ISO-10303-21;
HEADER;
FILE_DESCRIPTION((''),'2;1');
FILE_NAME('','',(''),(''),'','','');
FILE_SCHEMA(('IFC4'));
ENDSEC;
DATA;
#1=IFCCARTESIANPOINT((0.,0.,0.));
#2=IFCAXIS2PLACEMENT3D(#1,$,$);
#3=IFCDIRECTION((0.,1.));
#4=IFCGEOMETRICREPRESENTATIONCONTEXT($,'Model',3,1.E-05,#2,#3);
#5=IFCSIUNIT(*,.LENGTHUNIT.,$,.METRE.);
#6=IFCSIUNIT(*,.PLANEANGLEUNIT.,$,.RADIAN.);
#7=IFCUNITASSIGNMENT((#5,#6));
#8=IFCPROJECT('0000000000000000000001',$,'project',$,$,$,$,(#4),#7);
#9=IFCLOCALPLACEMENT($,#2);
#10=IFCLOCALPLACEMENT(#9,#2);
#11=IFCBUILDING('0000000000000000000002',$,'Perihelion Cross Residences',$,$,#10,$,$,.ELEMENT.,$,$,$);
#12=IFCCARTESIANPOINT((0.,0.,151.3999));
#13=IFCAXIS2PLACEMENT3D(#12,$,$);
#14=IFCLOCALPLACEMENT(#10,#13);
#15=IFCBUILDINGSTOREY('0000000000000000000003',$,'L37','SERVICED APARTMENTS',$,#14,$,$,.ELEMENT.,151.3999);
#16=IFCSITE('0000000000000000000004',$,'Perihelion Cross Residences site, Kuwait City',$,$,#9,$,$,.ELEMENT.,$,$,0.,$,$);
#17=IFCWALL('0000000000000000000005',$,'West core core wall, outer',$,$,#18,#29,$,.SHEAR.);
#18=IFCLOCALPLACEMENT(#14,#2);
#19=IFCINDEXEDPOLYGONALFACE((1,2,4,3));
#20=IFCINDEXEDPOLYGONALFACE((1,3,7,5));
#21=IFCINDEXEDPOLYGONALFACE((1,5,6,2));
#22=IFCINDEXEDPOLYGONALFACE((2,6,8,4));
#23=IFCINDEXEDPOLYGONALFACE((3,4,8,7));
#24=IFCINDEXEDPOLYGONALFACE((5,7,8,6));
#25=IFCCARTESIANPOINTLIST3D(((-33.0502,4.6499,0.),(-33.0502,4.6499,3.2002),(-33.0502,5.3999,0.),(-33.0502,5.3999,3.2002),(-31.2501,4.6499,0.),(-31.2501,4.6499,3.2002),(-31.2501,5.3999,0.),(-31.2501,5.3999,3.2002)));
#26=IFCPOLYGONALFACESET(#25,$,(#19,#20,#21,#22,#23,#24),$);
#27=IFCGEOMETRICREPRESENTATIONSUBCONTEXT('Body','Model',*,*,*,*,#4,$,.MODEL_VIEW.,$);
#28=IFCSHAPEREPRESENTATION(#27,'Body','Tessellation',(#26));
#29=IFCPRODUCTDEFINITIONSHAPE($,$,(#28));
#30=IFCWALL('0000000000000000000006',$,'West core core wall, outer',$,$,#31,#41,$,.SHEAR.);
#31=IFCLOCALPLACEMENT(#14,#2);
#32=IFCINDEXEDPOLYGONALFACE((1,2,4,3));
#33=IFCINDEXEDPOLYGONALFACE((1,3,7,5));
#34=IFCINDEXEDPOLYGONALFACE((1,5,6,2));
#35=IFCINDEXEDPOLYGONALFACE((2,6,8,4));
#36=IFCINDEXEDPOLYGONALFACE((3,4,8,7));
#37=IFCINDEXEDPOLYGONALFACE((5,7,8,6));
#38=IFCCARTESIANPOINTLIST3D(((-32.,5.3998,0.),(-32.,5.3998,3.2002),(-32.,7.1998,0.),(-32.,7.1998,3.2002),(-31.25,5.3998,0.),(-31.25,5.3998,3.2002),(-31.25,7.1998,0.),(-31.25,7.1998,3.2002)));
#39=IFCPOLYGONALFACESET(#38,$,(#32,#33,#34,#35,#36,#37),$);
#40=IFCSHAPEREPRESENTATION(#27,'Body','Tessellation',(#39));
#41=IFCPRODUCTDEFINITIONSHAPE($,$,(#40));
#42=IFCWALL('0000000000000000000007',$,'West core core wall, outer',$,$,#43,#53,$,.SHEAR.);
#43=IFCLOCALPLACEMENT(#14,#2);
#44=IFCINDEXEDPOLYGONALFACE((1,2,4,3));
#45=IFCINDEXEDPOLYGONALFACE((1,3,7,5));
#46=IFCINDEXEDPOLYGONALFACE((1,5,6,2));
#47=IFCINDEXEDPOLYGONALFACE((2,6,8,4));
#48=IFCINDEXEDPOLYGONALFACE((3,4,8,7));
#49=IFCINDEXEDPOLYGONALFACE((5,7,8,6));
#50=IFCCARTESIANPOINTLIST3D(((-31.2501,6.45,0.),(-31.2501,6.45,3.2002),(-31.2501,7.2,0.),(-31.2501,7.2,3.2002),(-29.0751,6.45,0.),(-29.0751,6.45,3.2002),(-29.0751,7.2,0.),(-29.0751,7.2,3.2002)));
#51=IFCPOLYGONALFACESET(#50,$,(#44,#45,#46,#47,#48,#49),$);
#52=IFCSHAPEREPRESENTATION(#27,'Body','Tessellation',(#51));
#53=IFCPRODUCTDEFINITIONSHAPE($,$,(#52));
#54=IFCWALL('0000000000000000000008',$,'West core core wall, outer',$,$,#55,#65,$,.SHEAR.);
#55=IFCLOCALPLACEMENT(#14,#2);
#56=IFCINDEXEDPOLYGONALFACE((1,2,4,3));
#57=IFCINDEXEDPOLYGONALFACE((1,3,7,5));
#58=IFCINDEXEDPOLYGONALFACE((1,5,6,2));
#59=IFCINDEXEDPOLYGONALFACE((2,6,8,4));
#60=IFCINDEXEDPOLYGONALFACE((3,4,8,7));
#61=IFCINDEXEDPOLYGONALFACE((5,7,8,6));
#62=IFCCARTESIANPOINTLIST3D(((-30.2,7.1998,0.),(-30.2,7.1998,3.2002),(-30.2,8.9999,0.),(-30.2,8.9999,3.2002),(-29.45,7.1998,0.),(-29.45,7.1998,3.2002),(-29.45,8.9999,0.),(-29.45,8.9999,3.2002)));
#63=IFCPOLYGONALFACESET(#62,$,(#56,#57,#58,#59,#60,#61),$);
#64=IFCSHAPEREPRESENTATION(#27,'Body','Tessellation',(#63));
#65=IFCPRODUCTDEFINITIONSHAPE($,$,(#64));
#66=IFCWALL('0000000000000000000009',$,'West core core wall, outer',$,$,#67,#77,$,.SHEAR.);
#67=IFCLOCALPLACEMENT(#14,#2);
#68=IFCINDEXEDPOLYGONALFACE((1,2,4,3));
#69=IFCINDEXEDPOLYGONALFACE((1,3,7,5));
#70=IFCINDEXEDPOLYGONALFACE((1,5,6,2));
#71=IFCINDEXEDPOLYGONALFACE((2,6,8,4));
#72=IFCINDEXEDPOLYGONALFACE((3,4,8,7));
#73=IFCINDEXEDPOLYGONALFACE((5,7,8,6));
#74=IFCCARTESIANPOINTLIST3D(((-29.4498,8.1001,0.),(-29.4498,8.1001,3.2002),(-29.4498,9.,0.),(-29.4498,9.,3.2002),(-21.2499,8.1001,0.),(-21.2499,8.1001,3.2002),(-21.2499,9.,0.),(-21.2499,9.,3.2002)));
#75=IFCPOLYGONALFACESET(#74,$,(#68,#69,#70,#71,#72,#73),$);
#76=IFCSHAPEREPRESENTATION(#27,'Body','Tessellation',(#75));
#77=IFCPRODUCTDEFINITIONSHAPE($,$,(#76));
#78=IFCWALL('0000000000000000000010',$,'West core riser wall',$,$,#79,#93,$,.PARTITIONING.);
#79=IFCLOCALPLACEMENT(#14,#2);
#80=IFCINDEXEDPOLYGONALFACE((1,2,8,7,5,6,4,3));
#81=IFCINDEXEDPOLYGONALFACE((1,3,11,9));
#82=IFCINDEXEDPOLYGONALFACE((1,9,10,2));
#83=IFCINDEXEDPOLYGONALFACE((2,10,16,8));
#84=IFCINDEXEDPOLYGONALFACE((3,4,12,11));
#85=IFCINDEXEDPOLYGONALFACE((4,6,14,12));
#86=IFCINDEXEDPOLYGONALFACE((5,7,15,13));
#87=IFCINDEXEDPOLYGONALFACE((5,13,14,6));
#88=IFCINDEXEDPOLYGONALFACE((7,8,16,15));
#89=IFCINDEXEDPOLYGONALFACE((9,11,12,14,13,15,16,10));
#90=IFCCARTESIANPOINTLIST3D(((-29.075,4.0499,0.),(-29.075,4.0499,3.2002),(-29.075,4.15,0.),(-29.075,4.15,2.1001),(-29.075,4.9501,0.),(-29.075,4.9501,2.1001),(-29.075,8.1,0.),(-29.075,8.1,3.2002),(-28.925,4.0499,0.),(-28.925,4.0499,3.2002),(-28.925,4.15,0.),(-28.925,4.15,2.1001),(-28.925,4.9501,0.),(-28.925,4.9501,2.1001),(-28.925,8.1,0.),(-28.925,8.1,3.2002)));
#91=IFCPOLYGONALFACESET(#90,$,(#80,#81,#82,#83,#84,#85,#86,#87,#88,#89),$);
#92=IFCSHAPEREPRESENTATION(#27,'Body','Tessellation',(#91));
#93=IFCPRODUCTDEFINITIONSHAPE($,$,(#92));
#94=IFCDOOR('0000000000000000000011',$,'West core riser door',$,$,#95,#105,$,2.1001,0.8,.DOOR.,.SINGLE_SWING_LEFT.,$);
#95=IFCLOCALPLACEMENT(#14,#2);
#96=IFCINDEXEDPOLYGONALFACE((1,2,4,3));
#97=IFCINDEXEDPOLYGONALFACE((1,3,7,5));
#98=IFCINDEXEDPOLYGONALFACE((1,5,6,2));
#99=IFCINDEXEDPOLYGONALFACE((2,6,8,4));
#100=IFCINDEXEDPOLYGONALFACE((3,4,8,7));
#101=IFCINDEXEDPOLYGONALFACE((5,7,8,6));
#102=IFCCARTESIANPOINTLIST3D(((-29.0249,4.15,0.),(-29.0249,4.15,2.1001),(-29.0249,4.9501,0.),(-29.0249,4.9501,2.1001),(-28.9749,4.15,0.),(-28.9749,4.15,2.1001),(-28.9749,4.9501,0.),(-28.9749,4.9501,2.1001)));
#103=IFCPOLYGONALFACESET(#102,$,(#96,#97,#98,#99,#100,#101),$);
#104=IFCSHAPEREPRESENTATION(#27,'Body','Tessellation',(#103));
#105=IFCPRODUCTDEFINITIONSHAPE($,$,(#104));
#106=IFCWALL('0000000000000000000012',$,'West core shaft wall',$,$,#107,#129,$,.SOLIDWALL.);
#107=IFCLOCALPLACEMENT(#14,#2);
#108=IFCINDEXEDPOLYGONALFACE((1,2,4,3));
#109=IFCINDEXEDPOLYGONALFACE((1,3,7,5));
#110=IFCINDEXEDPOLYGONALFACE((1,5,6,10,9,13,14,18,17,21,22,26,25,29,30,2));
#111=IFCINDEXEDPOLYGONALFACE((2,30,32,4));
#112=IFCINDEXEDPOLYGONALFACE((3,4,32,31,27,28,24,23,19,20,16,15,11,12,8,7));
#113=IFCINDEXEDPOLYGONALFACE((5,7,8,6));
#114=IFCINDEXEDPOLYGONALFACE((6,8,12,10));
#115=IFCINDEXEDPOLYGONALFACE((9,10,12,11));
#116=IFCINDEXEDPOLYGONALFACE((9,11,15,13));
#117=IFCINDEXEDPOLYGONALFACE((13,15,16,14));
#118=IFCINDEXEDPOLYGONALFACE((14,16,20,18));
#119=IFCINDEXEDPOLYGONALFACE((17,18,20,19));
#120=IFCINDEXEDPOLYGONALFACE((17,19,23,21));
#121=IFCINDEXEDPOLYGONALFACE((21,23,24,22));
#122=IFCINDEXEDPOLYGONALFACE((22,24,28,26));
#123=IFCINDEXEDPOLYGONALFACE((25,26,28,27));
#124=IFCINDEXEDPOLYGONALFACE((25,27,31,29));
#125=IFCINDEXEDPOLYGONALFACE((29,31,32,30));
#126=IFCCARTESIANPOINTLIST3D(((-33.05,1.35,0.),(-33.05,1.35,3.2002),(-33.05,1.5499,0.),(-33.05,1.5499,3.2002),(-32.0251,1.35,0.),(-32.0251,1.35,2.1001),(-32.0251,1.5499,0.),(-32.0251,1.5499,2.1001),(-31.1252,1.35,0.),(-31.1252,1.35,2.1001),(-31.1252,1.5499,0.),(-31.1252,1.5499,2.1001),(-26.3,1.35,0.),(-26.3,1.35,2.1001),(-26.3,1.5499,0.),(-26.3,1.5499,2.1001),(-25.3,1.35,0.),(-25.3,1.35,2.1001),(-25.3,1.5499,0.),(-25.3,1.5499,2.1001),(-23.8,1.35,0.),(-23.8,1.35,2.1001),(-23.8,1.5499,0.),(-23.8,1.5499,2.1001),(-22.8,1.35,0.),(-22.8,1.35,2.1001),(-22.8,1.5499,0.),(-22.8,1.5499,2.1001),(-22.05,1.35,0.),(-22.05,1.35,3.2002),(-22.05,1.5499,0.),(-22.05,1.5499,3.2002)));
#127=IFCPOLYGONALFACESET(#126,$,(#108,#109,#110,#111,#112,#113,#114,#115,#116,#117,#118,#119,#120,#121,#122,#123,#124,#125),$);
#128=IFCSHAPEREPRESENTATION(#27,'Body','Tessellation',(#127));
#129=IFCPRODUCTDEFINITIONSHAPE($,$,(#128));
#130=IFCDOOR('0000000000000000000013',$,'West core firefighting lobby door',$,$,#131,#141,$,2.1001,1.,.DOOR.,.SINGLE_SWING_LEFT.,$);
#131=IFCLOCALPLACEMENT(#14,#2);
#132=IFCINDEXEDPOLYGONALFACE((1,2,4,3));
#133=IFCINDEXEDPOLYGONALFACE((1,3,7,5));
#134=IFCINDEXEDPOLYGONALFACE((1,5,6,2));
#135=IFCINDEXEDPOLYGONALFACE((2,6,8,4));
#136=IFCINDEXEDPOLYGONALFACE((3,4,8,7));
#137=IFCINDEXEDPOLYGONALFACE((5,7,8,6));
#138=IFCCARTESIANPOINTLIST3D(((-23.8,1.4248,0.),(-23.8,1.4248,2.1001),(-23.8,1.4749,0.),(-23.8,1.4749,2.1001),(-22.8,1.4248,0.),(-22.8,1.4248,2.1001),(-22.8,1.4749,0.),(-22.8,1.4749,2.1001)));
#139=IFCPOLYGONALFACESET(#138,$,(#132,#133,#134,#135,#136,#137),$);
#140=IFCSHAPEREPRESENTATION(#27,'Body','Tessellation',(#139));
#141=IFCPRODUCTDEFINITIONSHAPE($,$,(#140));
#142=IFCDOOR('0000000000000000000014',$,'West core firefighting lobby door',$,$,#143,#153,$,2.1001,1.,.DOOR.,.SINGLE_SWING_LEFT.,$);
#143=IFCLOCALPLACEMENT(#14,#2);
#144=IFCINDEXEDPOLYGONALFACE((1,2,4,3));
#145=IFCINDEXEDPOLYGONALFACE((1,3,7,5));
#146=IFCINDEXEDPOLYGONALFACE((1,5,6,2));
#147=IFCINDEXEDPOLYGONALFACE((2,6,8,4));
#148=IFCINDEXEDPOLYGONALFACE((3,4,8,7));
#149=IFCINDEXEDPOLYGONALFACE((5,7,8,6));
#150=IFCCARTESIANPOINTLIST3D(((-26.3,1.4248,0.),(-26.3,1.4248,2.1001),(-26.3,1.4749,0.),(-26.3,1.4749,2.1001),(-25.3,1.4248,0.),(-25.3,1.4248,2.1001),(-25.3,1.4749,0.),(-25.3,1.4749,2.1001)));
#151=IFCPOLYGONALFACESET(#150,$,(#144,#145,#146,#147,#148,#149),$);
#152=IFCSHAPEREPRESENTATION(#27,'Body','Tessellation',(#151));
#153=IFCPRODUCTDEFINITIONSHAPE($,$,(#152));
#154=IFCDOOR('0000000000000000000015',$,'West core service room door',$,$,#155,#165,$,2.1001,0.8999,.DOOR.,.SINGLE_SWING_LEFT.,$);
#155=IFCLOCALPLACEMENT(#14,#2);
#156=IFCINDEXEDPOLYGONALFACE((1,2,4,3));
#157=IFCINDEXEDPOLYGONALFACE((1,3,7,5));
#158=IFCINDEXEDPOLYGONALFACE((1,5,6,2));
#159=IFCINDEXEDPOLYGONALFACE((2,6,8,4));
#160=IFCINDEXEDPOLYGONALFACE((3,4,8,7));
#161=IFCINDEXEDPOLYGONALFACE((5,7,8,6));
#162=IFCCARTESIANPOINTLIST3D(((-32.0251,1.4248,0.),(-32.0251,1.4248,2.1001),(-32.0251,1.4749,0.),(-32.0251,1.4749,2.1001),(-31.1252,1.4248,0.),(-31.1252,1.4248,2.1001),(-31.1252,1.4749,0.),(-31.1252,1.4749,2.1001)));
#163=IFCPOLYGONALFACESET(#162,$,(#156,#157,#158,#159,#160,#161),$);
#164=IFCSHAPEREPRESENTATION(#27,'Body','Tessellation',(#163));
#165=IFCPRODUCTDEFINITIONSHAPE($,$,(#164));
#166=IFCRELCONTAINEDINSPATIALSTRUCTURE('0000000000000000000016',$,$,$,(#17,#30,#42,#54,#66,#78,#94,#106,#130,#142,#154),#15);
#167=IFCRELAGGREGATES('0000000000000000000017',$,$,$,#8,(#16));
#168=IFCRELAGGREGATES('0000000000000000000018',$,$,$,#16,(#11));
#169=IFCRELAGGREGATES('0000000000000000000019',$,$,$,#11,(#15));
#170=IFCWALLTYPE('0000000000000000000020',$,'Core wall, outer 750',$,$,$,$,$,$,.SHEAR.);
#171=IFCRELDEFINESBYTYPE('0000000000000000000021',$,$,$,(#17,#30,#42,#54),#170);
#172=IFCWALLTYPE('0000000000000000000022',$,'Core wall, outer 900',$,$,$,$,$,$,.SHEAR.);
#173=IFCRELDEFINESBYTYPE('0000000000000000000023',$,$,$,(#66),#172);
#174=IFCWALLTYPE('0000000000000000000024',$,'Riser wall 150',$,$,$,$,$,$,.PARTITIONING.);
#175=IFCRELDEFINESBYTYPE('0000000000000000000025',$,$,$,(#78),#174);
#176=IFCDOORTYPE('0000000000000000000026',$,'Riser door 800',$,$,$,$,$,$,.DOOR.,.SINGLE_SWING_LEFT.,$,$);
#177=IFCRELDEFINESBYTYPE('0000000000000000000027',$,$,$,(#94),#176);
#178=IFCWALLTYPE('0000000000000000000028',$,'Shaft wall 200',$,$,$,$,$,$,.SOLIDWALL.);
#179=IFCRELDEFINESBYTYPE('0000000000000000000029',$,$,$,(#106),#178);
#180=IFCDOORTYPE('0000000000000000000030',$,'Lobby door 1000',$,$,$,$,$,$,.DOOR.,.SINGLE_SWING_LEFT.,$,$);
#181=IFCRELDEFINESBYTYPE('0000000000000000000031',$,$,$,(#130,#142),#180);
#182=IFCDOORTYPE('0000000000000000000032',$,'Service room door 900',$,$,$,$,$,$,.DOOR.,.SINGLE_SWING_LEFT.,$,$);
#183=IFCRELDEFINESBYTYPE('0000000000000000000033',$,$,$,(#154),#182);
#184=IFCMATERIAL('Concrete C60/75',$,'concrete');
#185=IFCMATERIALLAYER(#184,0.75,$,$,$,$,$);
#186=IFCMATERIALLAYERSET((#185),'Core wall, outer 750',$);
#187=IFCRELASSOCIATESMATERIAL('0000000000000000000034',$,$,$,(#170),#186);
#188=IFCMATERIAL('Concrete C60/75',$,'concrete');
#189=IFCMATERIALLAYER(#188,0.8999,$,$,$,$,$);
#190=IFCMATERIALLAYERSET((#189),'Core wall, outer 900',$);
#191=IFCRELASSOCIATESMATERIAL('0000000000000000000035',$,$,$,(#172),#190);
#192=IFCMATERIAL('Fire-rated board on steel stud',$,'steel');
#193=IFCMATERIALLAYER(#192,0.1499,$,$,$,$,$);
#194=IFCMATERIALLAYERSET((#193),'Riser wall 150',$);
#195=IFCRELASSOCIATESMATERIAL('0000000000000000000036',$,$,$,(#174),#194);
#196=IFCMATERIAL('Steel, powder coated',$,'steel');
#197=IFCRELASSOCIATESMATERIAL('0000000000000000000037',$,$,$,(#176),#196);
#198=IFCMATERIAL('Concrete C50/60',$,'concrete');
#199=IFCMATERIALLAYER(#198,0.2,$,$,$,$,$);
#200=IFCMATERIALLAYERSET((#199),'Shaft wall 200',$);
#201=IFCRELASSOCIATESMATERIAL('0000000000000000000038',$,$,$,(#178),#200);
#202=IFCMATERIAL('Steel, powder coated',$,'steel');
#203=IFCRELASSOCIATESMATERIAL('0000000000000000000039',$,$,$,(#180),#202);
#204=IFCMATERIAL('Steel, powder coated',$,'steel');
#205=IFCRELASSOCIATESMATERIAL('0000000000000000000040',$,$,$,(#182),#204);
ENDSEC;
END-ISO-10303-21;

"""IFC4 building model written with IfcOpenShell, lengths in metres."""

from ifc_helpers import new_model, si_unit, direction, frame, frame_2d, origin, place, context, subcontext, project, spatial, rectangle, extrude, material, layer, layer_set, type_object, element, fill, save


model = new_model("IFC4")

# Units and contexts
model_context = context("Model", 3, precision=1e-05, world=origin(), true_north=direction((0.0, 1.0)))
body_context = subcontext(model_context, "Body", "Model", "MODEL_VIEW")
ifc_project = project(units=[si_unit("LENGTHUNIT", "METRE"), si_unit("PLANEANGLEUNIT", "RADIAN")], contexts=[model_context])

# Site, building, storey
site_placement = place(None, origin())
site = spatial("IfcSite", under=ifc_project, at=site_placement, Name="Perihelion Cross Residences site, Kuwait City", CompositionType="ELEMENT", RefElevation=0.0)
building_placement = place(site_placement, origin())
building = spatial("IfcBuilding", under=site, at=building_placement, Name="Perihelion Cross Residences", CompositionType="ELEMENT")
storey_placement = place(building_placement, frame((0.0, 0.0, 151.3999)))
storey = spatial("IfcBuildingStorey", under=building, at=storey_placement, Name="L37", Description="SERVICED APARTMENTS", CompositionType="ELEMENT", Elevation=151.3999)

# Walls
ifc_material_1 = material(Name="Concrete C60/75", Category="concrete")
ifc_layer_1 = layer(ifc_material_1, 0.75)
ifc_layer_set_1 = layer_set([ifc_layer_1], Name="Core wall, outer 750")
wall_type_1 = type_object("IfcWallType", Name="Core wall, outer 750", PredefinedType="SHEAR", material=ifc_layer_set_1)
for number, where, z_axis, x_axis, name in (
    (1, (-33.05, 5.0249, 0.0), (0.0, 0.0, 1.0), (1.0, 0.0, 0.0), "West core core wall, outer"),
    (2, (-31.625, 5.3999, 0.0), (0.0, 0.0, 1.0), (0.0, 1.0, 0.0), "West core core wall, outer"),
):
    element("IfcWall", number, at=place(storey_placement, frame(where, z_axis=z_axis, x_axis=x_axis)), inside=storey, type_object=wall_type_1, Name=name, PredefinedType="SHEAR", context=body_context, shape_type="SweptSolid", body=[
        extrude(rectangle(XDim=1.8, YDim=0.75, at=frame_2d((0.8999, 0.0))), origin(), (0.0, 0.0, 1.0), 3.2002),
    ])
wall_1_placement = place(storey_placement, frame((-31.25, 6.825, 0.0), z_axis=(0.0, 0.0, 1.0), x_axis=(1.0, 0.0, 0.0)))
element("IfcWall", 3, at=wall_1_placement, inside=storey, type_object=wall_type_1, Name="West core core wall, outer", PredefinedType="SHEAR", context=body_context, shape_type="SweptSolid", body=[
    extrude(rectangle(XDim=2.175, YDim=0.75, at=frame_2d((1.0874, 0.0))), origin(), (0.0, 0.0, 1.0), 3.2002),
])
wall_2_placement = place(storey_placement, frame((-29.825, 7.2, 0.0), z_axis=(0.0, 0.0, 1.0), x_axis=(0.0, 1.0, 0.0)))
element("IfcWall", 4, at=wall_2_placement, inside=storey, type_object=wall_type_1, Name="West core core wall, outer", PredefinedType="SHEAR", context=body_context, shape_type="SweptSolid", body=[
    extrude(rectangle(XDim=1.8, YDim=0.75, at=frame_2d((0.8999, 0.0))), origin(), (0.0, 0.0, 1.0), 3.2002),
])
ifc_material_2 = material(Name="Concrete C60/75", Category="concrete")
ifc_layer_2 = layer(ifc_material_2, 0.8999)
ifc_layer_set_2 = layer_set([ifc_layer_2], Name="Core wall, outer 900")
wall_type_2 = type_object("IfcWallType", Name="Core wall, outer 900", PredefinedType="SHEAR", material=ifc_layer_set_2)
wall_3_placement = place(storey_placement, frame((-29.45, 8.55, 0.0), z_axis=(0.0, 0.0, 1.0), x_axis=(1.0, 0.0, 0.0)))
element("IfcWall", 5, at=wall_3_placement, inside=storey, type_object=wall_type_2, Name="West core core wall, outer", PredefinedType="SHEAR", context=body_context, shape_type="SweptSolid", body=[
    extrude(rectangle(XDim=8.2, YDim=0.8999, at=frame_2d((4.1001, 0.0))), origin(), (0.0, 0.0, 1.0), 3.2002),
])

# Wall, opening, door
ifc_material_3 = material(Name="Fire-rated board on steel stud", Category="steel")
ifc_layer_3 = layer(ifc_material_3, 0.1499)
ifc_layer_set_3 = layer_set([ifc_layer_3], Name="Riser wall 150")
wall_type_3 = type_object("IfcWallType", Name="Riser wall 150", PredefinedType="PARTITIONING", material=ifc_layer_set_3)
wall_4_placement = place(storey_placement, frame((-29.0, 4.05, 0.0), z_axis=(0.0, 0.0, 1.0), x_axis=(0.0, 1.0, 0.0)))
wall_4 = element("IfcWall", 6, at=wall_4_placement, inside=storey, type_object=wall_type_3, Name="West core riser wall", PredefinedType="PARTITIONING", context=body_context, shape_type="SweptSolid", body=[
    extrude(rectangle(XDim=4.05, YDim=0.1499, at=frame_2d((2.0249, 0.0))), origin(), (0.0, 0.0, 1.0), 3.2002),
])
opening_1_placement = place(wall_4_placement, frame((0.1001, 0.0, 0.0)))
opening_1 = element("IfcOpeningElement", 7, at=opening_1_placement, cuts=wall_4, PredefinedType="OPENING", context=body_context, shape_type="SweptSolid", body=[
    extrude(rectangle(XDim=0.8, YDim=2.1001, at=frame_2d((0.3999, 1.05))), frame((0.0, 0.085, 0.0), z_axis=(0.0, -1.0, 0.0), x_axis=(1.0, 0.0, 0.0)), (0.0, 0.0, 1.0), 0.1699),
])
ifc_material_4 = material(Name="Steel, powder coated", Category="steel")
door_type_1 = type_object("IfcDoorType", Name="Riser door 800", OperationType="SINGLE_SWING_LEFT", PredefinedType="DOOR", material=ifc_material_4)
door_1_placement = place(opening_1_placement, origin())
door_1 = element("IfcDoor", 8, at=door_1_placement, inside=storey, type_object=door_type_1, Name="West core riser door", OperationType="SINGLE_SWING_LEFT", OverallHeight=2.1001, OverallWidth=0.8, PredefinedType="DOOR", context=body_context, shape_type="SweptSolid", body=[
    extrude(rectangle(XDim=0.8, YDim=2.1001, at=frame_2d((0.3999, 1.05))), frame((0.0, 0.0249, 0.0), z_axis=(0.0, -1.0, 0.0), x_axis=(1.0, 0.0, 0.0)), (0.0, 0.0, 1.0), 0.05),
])
fill(opening_1, door_1)

# Wall, openings, doors
ifc_material_5 = material(Name="Concrete C50/60", Category="concrete")
ifc_layer_4 = layer(ifc_material_5, 0.2)
ifc_layer_set_4 = layer_set([ifc_layer_4], Name="Shaft wall 200")
wall_type_4 = type_object("IfcWallType", Name="Shaft wall 200", PredefinedType="SOLIDWALL", material=ifc_layer_set_4)
wall_5_placement = place(storey_placement, frame((-33.05, 1.45, 0.0), z_axis=(0.0, 0.0, 1.0), x_axis=(1.0, 0.0, 0.0)))
wall_5 = element("IfcWall", 9, at=wall_5_placement, inside=storey, type_object=wall_type_4, Name="West core shaft wall", PredefinedType="SOLIDWALL", context=body_context, shape_type="SweptSolid", body=[
    extrude(rectangle(XDim=11.0, YDim=0.2, at=frame_2d((5.5, 0.0))), origin(), (0.0, 0.0, 1.0), 3.2002),
])
opening_2_placement = place(wall_5_placement, frame((9.25, 0.0, 0.0)))
opening_2 = element("IfcOpeningElement", 10, at=opening_2_placement, cuts=wall_5, PredefinedType="OPENING", context=body_context, shape_type="SweptSolid", body=[
    extrude(rectangle(XDim=1.0, YDim=2.1001, at=frame_2d((0.5, 1.05))), frame((0.0, 0.1099, 0.0), z_axis=(0.0, -1.0, 0.0), x_axis=(1.0, 0.0, 0.0)), (0.0, 0.0, 1.0), 0.22),
])
opening_3_placement = place(wall_5_placement, frame((6.75, 0.0, 0.0)))
opening_3 = element("IfcOpeningElement", 11, at=opening_3_placement, cuts=wall_5, PredefinedType="OPENING", context=body_context, shape_type="SweptSolid", body=[
    extrude(rectangle(XDim=1.0, YDim=2.1001, at=frame_2d((0.5, 1.05))), frame((0.0, 0.1099, 0.0), z_axis=(0.0, -1.0, 0.0), x_axis=(1.0, 0.0, 0.0)), (0.0, 0.0, 1.0), 0.22),
])
opening_4_placement = place(wall_5_placement, frame((1.0249, 0.0, 0.0)))
opening_4 = element("IfcOpeningElement", 12, at=opening_4_placement, cuts=wall_5, PredefinedType="OPENING", context=body_context, shape_type="SweptSolid", body=[
    extrude(rectangle(XDim=0.8999, YDim=2.1001, at=frame_2d((0.45, 1.05))), frame((0.0, 0.1099, 0.0), z_axis=(0.0, -1.0, 0.0), x_axis=(1.0, 0.0, 0.0)), (0.0, 0.0, 1.0), 0.22),
])
ifc_material_6 = material(Name="Steel, powder coated", Category="steel")
door_type_2 = type_object("IfcDoorType", Name="Lobby door 1000", OperationType="SINGLE_SWING_LEFT", PredefinedType="DOOR", material=ifc_material_6)
door_2_placement = place(opening_2_placement, origin())
door_2 = element("IfcDoor", 13, at=door_2_placement, inside=storey, type_object=door_type_2, Name="West core firefighting lobby door", OperationType="SINGLE_SWING_LEFT", OverallHeight=2.1001, OverallWidth=1.0, PredefinedType="DOOR", context=body_context, shape_type="SweptSolid", body=[
    extrude(rectangle(XDim=1.0, YDim=2.1001, at=frame_2d((0.5, 1.05))), frame((0.0, 0.0249, 0.0), z_axis=(0.0, -1.0, 0.0), x_axis=(1.0, 0.0, 0.0)), (0.0, 0.0, 1.0), 0.05),
])
fill(opening_2, door_2)
door_3_placement = place(opening_3_placement, origin())
door_3 = element("IfcDoor", 14, at=door_3_placement, inside=storey, type_object=door_type_2, Name="West core firefighting lobby door", OperationType="SINGLE_SWING_LEFT", OverallHeight=2.1001, OverallWidth=1.0, PredefinedType="DOOR", context=body_context, shape_type="SweptSolid", body=[
    extrude(rectangle(XDim=1.0, YDim=2.1001, at=frame_2d((0.5, 1.05))), frame((0.0, 0.0249, 0.0), z_axis=(0.0, -1.0, 0.0), x_axis=(1.0, 0.0, 0.0)), (0.0, 0.0, 1.0), 0.05),
])
fill(opening_3, door_3)
ifc_material_7 = material(Name="Steel, powder coated", Category="steel")
door_type_3 = type_object("IfcDoorType", Name="Service room door 900", OperationType="SINGLE_SWING_LEFT", PredefinedType="DOOR", material=ifc_material_7)
door_4_placement = place(opening_4_placement, origin())
door_4 = element("IfcDoor", 15, at=door_4_placement, inside=storey, type_object=door_type_3, Name="West core service room door", OperationType="SINGLE_SWING_LEFT", OverallHeight=2.1001, OverallWidth=0.8999, PredefinedType="DOOR", context=body_context, shape_type="SweptSolid", body=[
    extrude(rectangle(XDim=0.8999, YDim=2.1001, at=frame_2d((0.45, 1.05))), frame((0.0, 0.0249, 0.0), z_axis=(0.0, -1.0, 0.0), x_axis=(1.0, 0.0, 0.0)), (0.0, 0.0, 1.0), 0.05),
])
fill(opening_4, door_4)

save(model, "model.ifc")
